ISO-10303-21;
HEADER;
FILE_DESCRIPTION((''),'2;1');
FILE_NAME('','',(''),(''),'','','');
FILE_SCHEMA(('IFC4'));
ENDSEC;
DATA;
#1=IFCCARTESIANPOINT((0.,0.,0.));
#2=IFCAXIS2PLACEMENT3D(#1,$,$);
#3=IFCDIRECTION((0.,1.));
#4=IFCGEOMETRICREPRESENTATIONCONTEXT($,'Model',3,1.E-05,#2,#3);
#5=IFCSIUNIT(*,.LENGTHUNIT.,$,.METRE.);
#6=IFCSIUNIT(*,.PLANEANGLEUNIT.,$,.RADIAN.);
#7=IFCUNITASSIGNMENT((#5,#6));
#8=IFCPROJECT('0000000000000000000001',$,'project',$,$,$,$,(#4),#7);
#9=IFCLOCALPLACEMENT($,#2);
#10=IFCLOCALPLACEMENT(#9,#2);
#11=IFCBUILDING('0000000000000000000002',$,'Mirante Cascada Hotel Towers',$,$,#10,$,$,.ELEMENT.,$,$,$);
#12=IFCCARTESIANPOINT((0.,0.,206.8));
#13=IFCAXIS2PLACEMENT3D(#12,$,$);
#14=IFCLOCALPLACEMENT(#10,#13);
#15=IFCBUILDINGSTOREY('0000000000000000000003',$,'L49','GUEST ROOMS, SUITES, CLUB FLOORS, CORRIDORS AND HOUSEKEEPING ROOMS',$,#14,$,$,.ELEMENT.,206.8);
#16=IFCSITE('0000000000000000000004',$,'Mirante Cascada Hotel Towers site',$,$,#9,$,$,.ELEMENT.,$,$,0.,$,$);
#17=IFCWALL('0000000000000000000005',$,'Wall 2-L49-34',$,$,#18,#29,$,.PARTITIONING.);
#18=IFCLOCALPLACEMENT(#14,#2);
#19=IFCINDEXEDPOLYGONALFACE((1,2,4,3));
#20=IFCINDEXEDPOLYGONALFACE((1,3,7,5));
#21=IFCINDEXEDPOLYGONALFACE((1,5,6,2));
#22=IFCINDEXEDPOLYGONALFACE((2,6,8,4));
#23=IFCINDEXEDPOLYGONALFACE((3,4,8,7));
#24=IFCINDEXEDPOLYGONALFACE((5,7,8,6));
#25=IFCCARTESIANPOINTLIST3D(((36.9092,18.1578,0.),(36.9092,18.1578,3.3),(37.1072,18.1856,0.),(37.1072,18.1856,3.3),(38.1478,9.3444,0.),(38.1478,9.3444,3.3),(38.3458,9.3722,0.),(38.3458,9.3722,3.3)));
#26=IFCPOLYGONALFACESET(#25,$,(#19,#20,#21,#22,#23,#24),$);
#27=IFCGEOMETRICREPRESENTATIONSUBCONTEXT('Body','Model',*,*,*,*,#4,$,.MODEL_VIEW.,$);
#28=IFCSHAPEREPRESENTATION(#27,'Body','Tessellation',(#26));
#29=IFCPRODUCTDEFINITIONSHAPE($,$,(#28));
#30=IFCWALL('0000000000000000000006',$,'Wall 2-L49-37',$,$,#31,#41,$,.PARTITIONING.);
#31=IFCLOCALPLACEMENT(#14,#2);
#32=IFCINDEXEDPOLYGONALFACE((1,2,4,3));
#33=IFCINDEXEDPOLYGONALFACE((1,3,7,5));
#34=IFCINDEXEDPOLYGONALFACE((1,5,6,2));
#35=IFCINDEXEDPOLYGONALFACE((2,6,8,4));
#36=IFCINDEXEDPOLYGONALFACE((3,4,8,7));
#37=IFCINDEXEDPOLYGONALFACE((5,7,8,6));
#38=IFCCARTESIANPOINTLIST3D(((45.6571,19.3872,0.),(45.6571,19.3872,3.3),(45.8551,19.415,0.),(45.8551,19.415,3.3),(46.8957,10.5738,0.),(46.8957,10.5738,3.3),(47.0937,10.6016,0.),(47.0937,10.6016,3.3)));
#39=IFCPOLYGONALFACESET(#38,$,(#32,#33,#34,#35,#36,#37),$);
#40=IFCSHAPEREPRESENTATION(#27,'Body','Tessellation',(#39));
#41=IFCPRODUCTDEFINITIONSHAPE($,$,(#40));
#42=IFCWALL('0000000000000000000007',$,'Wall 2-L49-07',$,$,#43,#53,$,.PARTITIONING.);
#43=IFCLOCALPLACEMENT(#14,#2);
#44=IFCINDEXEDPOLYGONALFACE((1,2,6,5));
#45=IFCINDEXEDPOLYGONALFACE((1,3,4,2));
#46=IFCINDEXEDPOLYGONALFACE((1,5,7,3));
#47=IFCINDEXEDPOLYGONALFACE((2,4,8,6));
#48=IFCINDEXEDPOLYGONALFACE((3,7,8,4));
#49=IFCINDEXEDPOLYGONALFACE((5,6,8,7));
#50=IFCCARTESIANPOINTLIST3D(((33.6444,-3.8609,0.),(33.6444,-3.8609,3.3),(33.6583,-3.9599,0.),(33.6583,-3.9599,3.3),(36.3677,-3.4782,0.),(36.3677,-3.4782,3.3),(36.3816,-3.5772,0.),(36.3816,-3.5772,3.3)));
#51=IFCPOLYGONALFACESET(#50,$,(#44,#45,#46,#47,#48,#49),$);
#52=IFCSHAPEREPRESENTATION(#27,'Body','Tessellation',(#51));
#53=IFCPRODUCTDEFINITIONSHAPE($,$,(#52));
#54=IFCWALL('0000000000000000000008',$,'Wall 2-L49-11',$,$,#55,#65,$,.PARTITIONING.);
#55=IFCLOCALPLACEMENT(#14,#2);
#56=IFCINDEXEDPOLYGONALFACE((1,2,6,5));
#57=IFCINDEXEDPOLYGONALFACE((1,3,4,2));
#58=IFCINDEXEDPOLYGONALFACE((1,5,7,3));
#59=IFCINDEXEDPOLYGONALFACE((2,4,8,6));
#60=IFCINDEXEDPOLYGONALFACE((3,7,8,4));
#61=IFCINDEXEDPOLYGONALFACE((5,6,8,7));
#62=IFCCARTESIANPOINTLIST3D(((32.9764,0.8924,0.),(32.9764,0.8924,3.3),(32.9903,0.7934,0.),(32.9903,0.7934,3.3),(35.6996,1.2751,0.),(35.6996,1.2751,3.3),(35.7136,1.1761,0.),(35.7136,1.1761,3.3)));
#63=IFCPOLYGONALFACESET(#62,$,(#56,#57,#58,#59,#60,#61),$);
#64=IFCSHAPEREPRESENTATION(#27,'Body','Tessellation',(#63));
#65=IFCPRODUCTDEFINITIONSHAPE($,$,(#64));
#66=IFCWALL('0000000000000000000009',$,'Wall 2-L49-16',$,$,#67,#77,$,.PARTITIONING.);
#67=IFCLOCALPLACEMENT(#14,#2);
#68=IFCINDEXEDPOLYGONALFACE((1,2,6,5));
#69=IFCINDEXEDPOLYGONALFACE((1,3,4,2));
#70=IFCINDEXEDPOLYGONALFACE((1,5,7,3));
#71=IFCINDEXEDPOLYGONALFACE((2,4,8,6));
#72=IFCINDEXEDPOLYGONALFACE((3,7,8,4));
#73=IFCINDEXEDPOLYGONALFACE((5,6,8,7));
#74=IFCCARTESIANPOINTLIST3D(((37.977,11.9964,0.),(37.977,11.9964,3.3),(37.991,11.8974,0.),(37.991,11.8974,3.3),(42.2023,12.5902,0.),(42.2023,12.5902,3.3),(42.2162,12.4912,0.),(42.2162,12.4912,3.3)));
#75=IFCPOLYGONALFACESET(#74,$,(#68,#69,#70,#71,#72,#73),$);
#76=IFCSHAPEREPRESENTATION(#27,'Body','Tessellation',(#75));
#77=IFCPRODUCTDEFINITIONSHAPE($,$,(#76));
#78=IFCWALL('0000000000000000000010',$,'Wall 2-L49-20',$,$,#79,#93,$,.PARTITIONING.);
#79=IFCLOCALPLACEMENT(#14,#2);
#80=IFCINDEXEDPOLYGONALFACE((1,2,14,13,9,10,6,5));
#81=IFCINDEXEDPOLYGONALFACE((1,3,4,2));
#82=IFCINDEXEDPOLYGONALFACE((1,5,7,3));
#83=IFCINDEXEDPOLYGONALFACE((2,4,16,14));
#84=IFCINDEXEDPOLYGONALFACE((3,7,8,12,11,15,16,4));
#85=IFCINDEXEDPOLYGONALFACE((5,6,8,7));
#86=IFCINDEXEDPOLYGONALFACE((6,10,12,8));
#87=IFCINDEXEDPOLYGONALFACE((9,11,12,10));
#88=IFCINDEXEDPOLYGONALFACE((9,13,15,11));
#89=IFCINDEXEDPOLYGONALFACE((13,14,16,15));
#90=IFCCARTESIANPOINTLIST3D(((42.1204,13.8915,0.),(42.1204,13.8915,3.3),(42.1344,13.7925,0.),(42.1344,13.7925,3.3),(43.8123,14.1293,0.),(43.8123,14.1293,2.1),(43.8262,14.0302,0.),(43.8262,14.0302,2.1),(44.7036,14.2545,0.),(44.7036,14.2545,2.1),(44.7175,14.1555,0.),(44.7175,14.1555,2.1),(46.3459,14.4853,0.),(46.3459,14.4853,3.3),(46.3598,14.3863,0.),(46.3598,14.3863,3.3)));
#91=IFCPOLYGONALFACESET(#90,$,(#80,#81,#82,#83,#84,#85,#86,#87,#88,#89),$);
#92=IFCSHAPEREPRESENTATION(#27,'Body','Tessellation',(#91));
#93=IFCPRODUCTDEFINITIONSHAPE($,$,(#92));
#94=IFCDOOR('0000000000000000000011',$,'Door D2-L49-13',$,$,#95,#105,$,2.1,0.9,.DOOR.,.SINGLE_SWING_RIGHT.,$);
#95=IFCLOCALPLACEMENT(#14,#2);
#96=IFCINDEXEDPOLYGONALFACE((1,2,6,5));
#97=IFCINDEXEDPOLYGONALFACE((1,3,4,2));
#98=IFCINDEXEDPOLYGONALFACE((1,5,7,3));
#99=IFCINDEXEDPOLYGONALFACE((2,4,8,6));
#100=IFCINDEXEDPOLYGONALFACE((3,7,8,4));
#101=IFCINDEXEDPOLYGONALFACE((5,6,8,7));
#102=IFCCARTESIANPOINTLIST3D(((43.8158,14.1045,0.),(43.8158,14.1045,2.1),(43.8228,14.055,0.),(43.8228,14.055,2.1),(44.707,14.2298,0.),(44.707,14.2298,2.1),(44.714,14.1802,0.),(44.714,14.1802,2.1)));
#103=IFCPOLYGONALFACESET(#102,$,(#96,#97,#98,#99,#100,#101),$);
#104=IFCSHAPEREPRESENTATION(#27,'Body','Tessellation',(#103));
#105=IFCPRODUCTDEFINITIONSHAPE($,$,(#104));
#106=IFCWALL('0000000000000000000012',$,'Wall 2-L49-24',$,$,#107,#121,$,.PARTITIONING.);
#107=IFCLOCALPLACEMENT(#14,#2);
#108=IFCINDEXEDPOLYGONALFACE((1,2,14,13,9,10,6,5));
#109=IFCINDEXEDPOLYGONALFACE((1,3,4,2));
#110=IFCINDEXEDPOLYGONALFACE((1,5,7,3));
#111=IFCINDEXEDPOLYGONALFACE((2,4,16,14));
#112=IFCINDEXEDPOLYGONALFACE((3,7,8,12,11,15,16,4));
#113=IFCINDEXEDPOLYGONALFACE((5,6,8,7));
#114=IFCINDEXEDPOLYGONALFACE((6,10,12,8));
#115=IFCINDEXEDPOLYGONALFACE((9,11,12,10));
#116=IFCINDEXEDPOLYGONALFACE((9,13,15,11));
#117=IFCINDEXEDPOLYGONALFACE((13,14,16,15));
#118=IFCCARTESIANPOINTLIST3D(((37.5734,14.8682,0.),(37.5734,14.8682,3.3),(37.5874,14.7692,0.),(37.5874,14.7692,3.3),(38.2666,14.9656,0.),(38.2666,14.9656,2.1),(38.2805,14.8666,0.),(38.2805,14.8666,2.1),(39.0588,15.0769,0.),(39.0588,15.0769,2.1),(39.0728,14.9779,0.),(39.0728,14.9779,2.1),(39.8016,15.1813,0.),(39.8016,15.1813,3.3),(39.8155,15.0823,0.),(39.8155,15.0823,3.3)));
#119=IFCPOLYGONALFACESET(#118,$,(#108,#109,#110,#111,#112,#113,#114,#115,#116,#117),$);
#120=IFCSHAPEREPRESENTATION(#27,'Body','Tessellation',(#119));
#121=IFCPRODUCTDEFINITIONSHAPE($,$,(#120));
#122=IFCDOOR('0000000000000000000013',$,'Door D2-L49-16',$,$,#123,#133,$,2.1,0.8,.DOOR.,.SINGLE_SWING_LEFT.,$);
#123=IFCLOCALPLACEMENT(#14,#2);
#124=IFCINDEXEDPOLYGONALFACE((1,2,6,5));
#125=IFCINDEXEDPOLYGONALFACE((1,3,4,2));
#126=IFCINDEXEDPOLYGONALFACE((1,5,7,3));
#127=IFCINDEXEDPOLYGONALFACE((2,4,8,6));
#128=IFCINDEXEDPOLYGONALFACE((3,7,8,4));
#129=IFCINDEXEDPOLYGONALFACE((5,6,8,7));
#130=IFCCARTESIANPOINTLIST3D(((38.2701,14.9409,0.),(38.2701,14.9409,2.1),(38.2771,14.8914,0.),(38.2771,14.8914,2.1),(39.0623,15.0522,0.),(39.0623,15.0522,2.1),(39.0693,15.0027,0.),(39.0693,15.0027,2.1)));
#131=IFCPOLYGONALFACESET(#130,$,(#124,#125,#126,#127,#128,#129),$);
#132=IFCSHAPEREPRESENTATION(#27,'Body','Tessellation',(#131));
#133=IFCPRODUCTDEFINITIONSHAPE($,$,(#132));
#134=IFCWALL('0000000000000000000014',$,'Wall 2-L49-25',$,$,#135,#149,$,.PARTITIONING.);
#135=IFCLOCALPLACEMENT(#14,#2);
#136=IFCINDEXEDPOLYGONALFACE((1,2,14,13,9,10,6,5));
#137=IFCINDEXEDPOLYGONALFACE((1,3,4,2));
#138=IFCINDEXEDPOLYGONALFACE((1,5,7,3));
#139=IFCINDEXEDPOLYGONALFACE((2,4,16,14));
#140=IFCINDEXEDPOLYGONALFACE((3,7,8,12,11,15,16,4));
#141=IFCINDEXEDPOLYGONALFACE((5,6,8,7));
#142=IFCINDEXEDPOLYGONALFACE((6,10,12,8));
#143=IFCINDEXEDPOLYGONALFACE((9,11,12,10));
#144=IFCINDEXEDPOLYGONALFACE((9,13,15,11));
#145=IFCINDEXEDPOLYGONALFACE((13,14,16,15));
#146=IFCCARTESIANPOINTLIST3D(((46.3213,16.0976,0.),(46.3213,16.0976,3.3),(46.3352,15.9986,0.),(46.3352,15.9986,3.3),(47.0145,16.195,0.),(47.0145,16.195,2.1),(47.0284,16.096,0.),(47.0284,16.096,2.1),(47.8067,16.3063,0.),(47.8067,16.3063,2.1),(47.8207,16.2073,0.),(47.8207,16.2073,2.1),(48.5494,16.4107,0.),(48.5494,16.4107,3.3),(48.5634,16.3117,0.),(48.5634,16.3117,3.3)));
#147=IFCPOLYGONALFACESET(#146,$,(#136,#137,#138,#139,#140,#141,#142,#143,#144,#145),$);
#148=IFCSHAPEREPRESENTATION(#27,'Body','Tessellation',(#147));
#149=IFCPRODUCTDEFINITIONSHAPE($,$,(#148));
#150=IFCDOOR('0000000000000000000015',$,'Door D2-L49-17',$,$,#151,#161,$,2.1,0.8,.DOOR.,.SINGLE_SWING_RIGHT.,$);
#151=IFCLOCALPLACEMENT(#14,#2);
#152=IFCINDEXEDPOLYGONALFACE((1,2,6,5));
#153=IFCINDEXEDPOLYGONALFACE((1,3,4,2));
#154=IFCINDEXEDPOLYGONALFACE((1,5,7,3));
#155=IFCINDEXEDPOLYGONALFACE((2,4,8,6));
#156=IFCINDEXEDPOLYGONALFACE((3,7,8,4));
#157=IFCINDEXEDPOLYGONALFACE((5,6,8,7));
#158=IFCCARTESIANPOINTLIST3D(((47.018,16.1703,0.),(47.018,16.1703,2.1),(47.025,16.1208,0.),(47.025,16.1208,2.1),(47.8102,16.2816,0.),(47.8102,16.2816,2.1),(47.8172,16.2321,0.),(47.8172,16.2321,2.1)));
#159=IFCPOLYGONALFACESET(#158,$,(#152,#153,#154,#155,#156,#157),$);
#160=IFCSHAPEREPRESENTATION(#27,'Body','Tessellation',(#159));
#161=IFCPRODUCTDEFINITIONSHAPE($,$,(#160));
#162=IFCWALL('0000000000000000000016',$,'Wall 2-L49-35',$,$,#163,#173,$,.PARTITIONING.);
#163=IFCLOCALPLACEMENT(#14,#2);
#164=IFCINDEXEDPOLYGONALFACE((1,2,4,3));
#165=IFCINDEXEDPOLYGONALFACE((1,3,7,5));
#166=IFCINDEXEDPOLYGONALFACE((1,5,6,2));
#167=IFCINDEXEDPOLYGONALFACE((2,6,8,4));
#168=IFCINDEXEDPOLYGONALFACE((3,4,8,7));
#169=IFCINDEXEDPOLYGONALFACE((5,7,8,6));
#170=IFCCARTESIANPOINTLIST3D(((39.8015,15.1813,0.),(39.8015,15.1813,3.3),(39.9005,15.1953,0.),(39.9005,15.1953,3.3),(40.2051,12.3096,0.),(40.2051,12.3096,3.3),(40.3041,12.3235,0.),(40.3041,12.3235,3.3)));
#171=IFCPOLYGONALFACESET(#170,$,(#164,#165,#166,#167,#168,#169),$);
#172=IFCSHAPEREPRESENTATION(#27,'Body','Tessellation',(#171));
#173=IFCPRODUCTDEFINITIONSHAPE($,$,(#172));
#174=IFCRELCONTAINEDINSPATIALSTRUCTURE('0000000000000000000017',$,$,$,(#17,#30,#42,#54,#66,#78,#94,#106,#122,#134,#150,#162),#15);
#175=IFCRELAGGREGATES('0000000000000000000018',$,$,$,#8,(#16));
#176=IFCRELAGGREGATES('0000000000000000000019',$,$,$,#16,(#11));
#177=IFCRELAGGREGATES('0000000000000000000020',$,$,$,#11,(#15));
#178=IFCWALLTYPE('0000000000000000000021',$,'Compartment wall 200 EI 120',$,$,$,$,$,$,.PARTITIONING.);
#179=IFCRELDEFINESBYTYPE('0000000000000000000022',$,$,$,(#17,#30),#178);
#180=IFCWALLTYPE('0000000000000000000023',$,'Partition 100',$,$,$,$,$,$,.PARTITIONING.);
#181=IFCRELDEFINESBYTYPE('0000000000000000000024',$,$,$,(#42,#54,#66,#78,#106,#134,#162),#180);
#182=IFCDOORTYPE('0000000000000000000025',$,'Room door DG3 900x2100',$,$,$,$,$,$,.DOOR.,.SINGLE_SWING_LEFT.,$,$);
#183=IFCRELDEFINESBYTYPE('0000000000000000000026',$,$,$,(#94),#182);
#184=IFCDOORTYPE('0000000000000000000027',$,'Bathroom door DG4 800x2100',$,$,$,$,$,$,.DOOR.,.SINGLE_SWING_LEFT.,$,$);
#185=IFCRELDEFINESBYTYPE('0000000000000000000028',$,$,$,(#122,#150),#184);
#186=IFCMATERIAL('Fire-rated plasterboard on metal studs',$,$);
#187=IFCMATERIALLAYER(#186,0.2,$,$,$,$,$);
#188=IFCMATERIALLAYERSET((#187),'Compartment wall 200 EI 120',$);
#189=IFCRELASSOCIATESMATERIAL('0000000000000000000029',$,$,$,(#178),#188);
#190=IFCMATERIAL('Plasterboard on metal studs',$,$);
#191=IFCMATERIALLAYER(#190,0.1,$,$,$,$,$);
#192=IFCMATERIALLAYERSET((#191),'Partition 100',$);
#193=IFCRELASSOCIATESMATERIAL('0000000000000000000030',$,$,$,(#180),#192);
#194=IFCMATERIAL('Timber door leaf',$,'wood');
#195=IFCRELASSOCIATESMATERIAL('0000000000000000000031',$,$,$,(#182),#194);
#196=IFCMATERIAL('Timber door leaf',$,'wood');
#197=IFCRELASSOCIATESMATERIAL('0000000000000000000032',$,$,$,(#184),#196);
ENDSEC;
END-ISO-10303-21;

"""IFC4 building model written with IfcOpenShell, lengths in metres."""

from ifc_helpers import new_model, si_unit, direction, frame, frame_2d, origin, place, context, subcontext, project, spatial, rectangle, extrude, material, layer, layer_set, type_object, element, fill, save


model = new_model("IFC4")

# Units and contexts
model_context = context("Model", 3, precision=1e-05, world=origin(), true_north=direction((0.0, 1.0)))
body_context = subcontext(model_context, "Body", "Model", "MODEL_VIEW")
ifc_project = project(units=[si_unit("LENGTHUNIT", "METRE"), si_unit("PLANEANGLEUNIT", "RADIAN")], contexts=[model_context])

# Site, building, storey
site_placement = place(None, origin())
site = spatial("IfcSite", under=ifc_project, at=site_placement, Name="Mirante Cascada Hotel Towers site", CompositionType="ELEMENT", RefElevation=0.0)
building_placement = place(site_placement, origin())
building = spatial("IfcBuilding", under=site, at=building_placement, Name="Mirante Cascada Hotel Towers", CompositionType="ELEMENT")
storey_placement = place(building_placement, frame((0.0, 0.0, 206.8)))
storey = spatial("IfcBuildingStorey", under=building, at=storey_placement, Name="L49", Description="GUEST ROOMS, SUITES, CLUB FLOORS, CORRIDORS AND HOUSEKEEPING ROOMS", CompositionType="ELEMENT", Elevation=206.8)

# Walls
ifc_material_1 = material(Name="Fire-rated plasterboard on metal studs")
ifc_layer_1 = layer(ifc_material_1, 0.2)
ifc_layer_set_1 = layer_set([ifc_layer_1], Name="Compartment wall 200 EI 120")
wall_type_1 = type_object("IfcWallType", Name="Compartment wall 200 EI 120", PredefinedType="PARTITIONING", material=ifc_layer_set_1)
for number, where, z_axis, x_axis, name in (
    (1, (38.2468, 9.3583, 0.0), (0.0, 0.0, 1.0), (-0.139168, 0.990269, 0.0), "Wall 2-L49-34"),
    (2, (45.7561, 19.4011, 0.0), (0.0, 0.0, 1.0), (0.139168, -0.990269, 0.0), "Wall 2-L49-37"),
):
    element("IfcWall", number, at=place(storey_placement, frame(where, z_axis=z_axis, x_axis=x_axis)), inside=storey, type_object=wall_type_1, Name=name, PredefinedType="PARTITIONING", context=body_context, shape_type="SweptSolid", body=[
        extrude(rectangle(XDim=8.9, YDim=0.2, at=frame_2d((4.45, 0.0))), origin(), (0.0, 0.0, 1.0), 3.3),
    ])
ifc_material_2 = material(Name="Plasterboard on metal studs")
ifc_layer_2 = layer(ifc_material_2, 0.1)
ifc_layer_set_2 = layer_set([ifc_layer_2], Name="Partition 100")
wall_type_2 = type_object("IfcWallType", Name="Partition 100", PredefinedType="PARTITIONING", material=ifc_layer_set_2)
wall_1_placement = place(storey_placement, frame((36.3747, -3.5277, 0.0), z_axis=(0.0, 0.0, 1.0), x_axis=(-0.99027, -0.139161, 0.0)))
element("IfcWall", 3, at=wall_1_placement, inside=storey, type_object=wall_type_2, Name="Wall 2-L49-07", PredefinedType="PARTITIONING", context=body_context, shape_type="SweptSolid", body=[
    extrude(rectangle(XDim=2.7501, YDim=0.1, at=frame_2d((1.3751, 0.0))), origin(), (0.0, 0.0, 1.0), 3.3),
])
wall_2_placement = place(storey_placement, frame((35.7066, 1.2256, 0.0), z_axis=(0.0, 0.0, 1.0), x_axis=(-0.990269, -0.139166, 0.0)))
element("IfcWall", 4, at=wall_2_placement, inside=storey, type_object=wall_type_2, Name="Wall 2-L49-11", PredefinedType="PARTITIONING", context=body_context, shape_type="SweptSolid", body=[
    extrude(rectangle(XDim=2.75, YDim=0.1, at=frame_2d((1.375, 0.0))), origin(), (0.0, 0.0, 1.0), 3.3),
])
wall_3_placement = place(storey_placement, frame((37.984, 11.9469, 0.0), z_axis=(0.0, 0.0, 1.0), x_axis=(0.990269, 0.139167, 0.0)))
element("IfcWall", 5, at=wall_3_placement, inside=storey, type_object=wall_type_2, Name="Wall 2-L49-16", PredefinedType="PARTITIONING", context=body_context, shape_type="SweptSolid", body=[
    extrude(rectangle(XDim=4.2668, YDim=0.1, at=frame_2d((2.1334, 0.0))), origin(), (0.0, 0.0, 1.0), 3.3),
])

# Walls, openings, doors
wall_4_placement = place(storey_placement, frame((42.1274, 13.842, 0.0), z_axis=(0.0, 0.0, 1.0), x_axis=(0.99027, 0.13916, 0.0)))
wall_4 = element("IfcWall", 6, at=wall_4_placement, inside=storey, type_object=wall_type_2, Name="Wall 2-L49-20", PredefinedType="PARTITIONING", context=body_context, shape_type="SweptSolid", body=[
    extrude(rectangle(XDim=4.267, YDim=0.1, at=frame_2d((2.1335, 0.0))), origin(), (0.0, 0.0, 1.0), 3.3),
])
opening_1_placement = place(wall_4_placement, frame((1.7085, 0.0, 0.0)))
opening_1 = element("IfcOpeningElement", 7, at=opening_1_placement, cuts=wall_4, PredefinedType="OPENING", context=body_context, shape_type="SweptSolid", body=[
    extrude(rectangle(XDim=0.9, YDim=2.1, at=frame_2d((0.45, 1.05))), frame((0.0, 0.05, 0.0), z_axis=(0.0, -1.0, 0.0), x_axis=(1.0, 0.0, 0.0)), (0.0, 0.0, 1.0), 0.1),
])
ifc_material_3 = material(Name="Timber door leaf", Category="wood")
door_type_1 = type_object("IfcDoorType", Name="Room door DG3 900x2100", OperationType="SINGLE_SWING_LEFT", PredefinedType="DOOR", material=ifc_material_3)
door_1_placement = place(opening_1_placement, frame((0.9, 0.0, 0.0), z_axis=(0.0, 0.0, 1.0), x_axis=(-1.0, 0.0, 0.0)))
door_1 = element("IfcDoor", 8, at=door_1_placement, inside=storey, type_object=door_type_1, Name="Door D2-L49-13", OperationType="SINGLE_SWING_RIGHT", OverallHeight=2.1, OverallWidth=0.9, PredefinedType="DOOR", context=body_context, shape_type="SweptSolid", body=[
    extrude(rectangle(XDim=0.9, YDim=2.1, at=frame_2d((0.45, 1.05))), frame((0.0, 0.025, 0.0), z_axis=(0.0, -1.0, 0.0), x_axis=(1.0, 0.0, 0.0)), (0.0, 0.0, 1.0), 0.05),
])
fill(opening_1, door_1)
wall_5_placement = place(storey_placement, frame((37.5804, 14.8187, 0.0), z_axis=(0.0, 0.0, 1.0), x_axis=(0.990271, 0.139156, 0.0)))
wall_5 = element("IfcWall", 9, at=wall_5_placement, inside=storey, type_object=wall_type_2, Name="Wall 2-L49-24", PredefinedType="PARTITIONING", context=body_context, shape_type="SweptSolid", body=[
    extrude(rectangle(XDim=2.25, YDim=0.1, at=frame_2d((1.125, 0.0))), origin(), (0.0, 0.0, 1.0), 3.3),
])
opening_2_placement = place(wall_5_placement, frame((0.7, 0.0, 0.0)))
opening_2 = element("IfcOpeningElement", 10, at=opening_2_placement, cuts=wall_5, PredefinedType="OPENING", context=body_context, shape_type="SweptSolid", body=[
    extrude(rectangle(XDim=0.8, YDim=2.1, at=frame_2d((0.4, 1.05))), frame((0.0, 0.05, 0.0), z_axis=(0.0, -1.0, 0.0), x_axis=(1.0, 0.0, 0.0)), (0.0, 0.0, 1.0), 0.1),
])
ifc_material_4 = material(Name="Timber door leaf", Category="wood")
door_type_2 = type_object("IfcDoorType", Name="Bathroom door DG4 800x2100", OperationType="SINGLE_SWING_LEFT", PredefinedType="DOOR", material=ifc_material_4)
door_2_placement = place(opening_2_placement, origin())
door_2 = element("IfcDoor", 11, at=door_2_placement, inside=storey, type_object=door_type_2, Name="Door D2-L49-16", OperationType="SINGLE_SWING_LEFT", OverallHeight=2.1, OverallWidth=0.8, PredefinedType="DOOR", context=body_context, shape_type="SweptSolid", body=[
    extrude(rectangle(XDim=0.8, YDim=2.1, at=frame_2d((0.4, 1.05))), frame((0.0, 0.025, 0.0), z_axis=(0.0, -1.0, 0.0), x_axis=(1.0, 0.0, 0.0)), (0.0, 0.0, 1.0), 0.05),
])
fill(opening_2, door_2)
wall_6_placement = place(storey_placement, frame((48.5564, 16.3612, 0.0), z_axis=(0.0, 0.0, 1.0), x_axis=(-0.990271, -0.139156, 0.0)))
wall_6 = element("IfcWall", 12, at=wall_6_placement, inside=storey, type_object=wall_type_2, Name="Wall 2-L49-25", PredefinedType="PARTITIONING", context=body_context, shape_type="SweptSolid", body=[
    extrude(rectangle(XDim=2.25, YDim=0.1, at=frame_2d((1.125, 0.0))), origin(), (0.0, 0.0, 1.0), 3.3),
])
opening_3_placement = place(wall_6_placement, frame((0.75, 0.0, 0.0)))
opening_3 = element("IfcOpeningElement", 13, at=opening_3_placement, cuts=wall_6, PredefinedType="OPENING", context=body_context, shape_type="SweptSolid", body=[
    extrude(rectangle(XDim=0.8, YDim=2.1, at=frame_2d((0.4, 1.05))), frame((0.0, 0.05, 0.0), z_axis=(0.0, -1.0, 0.0), x_axis=(1.0, 0.0, 0.0)), (0.0, 0.0, 1.0), 0.1),
])
door_3_placement = place(opening_3_placement, frame((0.8, 0.0, 0.0), z_axis=(0.0, 0.0, 1.0), x_axis=(-1.0, 0.0, 0.0)))
door_3 = element("IfcDoor", 14, at=door_3_placement, inside=storey, type_object=door_type_2, Name="Door D2-L49-17", OperationType="SINGLE_SWING_RIGHT", OverallHeight=2.1, OverallWidth=0.8, PredefinedType="DOOR", context=body_context, shape_type="SweptSolid", body=[
    extrude(rectangle(XDim=0.8, YDim=2.1, at=frame_2d((0.4, 1.05))), frame((0.0, 0.025, 0.0), z_axis=(0.0, -1.0, 0.0), x_axis=(1.0, 0.0, 0.0)), (0.0, 0.0, 1.0), 0.05),
])
fill(opening_3, door_3)

# Wall
wall_7_placement = place(storey_placement, frame((39.851, 15.1883, 0.0), z_axis=(0.0, 0.0, 1.0), x_axis=(0.139171, -0.990268, 0.0)))
element("IfcWall", 15, at=wall_7_placement, inside=storey, type_object=wall_type_2, Name="Wall 2-L49-35", PredefinedType="PARTITIONING", context=body_context, shape_type="SweptSolid", body=[
    extrude(rectangle(XDim=2.9, YDim=0.1, at=frame_2d((1.45, 0.0))), origin(), (0.0, 0.0, 1.0), 3.3),
])

save(model, "model.ifc")
